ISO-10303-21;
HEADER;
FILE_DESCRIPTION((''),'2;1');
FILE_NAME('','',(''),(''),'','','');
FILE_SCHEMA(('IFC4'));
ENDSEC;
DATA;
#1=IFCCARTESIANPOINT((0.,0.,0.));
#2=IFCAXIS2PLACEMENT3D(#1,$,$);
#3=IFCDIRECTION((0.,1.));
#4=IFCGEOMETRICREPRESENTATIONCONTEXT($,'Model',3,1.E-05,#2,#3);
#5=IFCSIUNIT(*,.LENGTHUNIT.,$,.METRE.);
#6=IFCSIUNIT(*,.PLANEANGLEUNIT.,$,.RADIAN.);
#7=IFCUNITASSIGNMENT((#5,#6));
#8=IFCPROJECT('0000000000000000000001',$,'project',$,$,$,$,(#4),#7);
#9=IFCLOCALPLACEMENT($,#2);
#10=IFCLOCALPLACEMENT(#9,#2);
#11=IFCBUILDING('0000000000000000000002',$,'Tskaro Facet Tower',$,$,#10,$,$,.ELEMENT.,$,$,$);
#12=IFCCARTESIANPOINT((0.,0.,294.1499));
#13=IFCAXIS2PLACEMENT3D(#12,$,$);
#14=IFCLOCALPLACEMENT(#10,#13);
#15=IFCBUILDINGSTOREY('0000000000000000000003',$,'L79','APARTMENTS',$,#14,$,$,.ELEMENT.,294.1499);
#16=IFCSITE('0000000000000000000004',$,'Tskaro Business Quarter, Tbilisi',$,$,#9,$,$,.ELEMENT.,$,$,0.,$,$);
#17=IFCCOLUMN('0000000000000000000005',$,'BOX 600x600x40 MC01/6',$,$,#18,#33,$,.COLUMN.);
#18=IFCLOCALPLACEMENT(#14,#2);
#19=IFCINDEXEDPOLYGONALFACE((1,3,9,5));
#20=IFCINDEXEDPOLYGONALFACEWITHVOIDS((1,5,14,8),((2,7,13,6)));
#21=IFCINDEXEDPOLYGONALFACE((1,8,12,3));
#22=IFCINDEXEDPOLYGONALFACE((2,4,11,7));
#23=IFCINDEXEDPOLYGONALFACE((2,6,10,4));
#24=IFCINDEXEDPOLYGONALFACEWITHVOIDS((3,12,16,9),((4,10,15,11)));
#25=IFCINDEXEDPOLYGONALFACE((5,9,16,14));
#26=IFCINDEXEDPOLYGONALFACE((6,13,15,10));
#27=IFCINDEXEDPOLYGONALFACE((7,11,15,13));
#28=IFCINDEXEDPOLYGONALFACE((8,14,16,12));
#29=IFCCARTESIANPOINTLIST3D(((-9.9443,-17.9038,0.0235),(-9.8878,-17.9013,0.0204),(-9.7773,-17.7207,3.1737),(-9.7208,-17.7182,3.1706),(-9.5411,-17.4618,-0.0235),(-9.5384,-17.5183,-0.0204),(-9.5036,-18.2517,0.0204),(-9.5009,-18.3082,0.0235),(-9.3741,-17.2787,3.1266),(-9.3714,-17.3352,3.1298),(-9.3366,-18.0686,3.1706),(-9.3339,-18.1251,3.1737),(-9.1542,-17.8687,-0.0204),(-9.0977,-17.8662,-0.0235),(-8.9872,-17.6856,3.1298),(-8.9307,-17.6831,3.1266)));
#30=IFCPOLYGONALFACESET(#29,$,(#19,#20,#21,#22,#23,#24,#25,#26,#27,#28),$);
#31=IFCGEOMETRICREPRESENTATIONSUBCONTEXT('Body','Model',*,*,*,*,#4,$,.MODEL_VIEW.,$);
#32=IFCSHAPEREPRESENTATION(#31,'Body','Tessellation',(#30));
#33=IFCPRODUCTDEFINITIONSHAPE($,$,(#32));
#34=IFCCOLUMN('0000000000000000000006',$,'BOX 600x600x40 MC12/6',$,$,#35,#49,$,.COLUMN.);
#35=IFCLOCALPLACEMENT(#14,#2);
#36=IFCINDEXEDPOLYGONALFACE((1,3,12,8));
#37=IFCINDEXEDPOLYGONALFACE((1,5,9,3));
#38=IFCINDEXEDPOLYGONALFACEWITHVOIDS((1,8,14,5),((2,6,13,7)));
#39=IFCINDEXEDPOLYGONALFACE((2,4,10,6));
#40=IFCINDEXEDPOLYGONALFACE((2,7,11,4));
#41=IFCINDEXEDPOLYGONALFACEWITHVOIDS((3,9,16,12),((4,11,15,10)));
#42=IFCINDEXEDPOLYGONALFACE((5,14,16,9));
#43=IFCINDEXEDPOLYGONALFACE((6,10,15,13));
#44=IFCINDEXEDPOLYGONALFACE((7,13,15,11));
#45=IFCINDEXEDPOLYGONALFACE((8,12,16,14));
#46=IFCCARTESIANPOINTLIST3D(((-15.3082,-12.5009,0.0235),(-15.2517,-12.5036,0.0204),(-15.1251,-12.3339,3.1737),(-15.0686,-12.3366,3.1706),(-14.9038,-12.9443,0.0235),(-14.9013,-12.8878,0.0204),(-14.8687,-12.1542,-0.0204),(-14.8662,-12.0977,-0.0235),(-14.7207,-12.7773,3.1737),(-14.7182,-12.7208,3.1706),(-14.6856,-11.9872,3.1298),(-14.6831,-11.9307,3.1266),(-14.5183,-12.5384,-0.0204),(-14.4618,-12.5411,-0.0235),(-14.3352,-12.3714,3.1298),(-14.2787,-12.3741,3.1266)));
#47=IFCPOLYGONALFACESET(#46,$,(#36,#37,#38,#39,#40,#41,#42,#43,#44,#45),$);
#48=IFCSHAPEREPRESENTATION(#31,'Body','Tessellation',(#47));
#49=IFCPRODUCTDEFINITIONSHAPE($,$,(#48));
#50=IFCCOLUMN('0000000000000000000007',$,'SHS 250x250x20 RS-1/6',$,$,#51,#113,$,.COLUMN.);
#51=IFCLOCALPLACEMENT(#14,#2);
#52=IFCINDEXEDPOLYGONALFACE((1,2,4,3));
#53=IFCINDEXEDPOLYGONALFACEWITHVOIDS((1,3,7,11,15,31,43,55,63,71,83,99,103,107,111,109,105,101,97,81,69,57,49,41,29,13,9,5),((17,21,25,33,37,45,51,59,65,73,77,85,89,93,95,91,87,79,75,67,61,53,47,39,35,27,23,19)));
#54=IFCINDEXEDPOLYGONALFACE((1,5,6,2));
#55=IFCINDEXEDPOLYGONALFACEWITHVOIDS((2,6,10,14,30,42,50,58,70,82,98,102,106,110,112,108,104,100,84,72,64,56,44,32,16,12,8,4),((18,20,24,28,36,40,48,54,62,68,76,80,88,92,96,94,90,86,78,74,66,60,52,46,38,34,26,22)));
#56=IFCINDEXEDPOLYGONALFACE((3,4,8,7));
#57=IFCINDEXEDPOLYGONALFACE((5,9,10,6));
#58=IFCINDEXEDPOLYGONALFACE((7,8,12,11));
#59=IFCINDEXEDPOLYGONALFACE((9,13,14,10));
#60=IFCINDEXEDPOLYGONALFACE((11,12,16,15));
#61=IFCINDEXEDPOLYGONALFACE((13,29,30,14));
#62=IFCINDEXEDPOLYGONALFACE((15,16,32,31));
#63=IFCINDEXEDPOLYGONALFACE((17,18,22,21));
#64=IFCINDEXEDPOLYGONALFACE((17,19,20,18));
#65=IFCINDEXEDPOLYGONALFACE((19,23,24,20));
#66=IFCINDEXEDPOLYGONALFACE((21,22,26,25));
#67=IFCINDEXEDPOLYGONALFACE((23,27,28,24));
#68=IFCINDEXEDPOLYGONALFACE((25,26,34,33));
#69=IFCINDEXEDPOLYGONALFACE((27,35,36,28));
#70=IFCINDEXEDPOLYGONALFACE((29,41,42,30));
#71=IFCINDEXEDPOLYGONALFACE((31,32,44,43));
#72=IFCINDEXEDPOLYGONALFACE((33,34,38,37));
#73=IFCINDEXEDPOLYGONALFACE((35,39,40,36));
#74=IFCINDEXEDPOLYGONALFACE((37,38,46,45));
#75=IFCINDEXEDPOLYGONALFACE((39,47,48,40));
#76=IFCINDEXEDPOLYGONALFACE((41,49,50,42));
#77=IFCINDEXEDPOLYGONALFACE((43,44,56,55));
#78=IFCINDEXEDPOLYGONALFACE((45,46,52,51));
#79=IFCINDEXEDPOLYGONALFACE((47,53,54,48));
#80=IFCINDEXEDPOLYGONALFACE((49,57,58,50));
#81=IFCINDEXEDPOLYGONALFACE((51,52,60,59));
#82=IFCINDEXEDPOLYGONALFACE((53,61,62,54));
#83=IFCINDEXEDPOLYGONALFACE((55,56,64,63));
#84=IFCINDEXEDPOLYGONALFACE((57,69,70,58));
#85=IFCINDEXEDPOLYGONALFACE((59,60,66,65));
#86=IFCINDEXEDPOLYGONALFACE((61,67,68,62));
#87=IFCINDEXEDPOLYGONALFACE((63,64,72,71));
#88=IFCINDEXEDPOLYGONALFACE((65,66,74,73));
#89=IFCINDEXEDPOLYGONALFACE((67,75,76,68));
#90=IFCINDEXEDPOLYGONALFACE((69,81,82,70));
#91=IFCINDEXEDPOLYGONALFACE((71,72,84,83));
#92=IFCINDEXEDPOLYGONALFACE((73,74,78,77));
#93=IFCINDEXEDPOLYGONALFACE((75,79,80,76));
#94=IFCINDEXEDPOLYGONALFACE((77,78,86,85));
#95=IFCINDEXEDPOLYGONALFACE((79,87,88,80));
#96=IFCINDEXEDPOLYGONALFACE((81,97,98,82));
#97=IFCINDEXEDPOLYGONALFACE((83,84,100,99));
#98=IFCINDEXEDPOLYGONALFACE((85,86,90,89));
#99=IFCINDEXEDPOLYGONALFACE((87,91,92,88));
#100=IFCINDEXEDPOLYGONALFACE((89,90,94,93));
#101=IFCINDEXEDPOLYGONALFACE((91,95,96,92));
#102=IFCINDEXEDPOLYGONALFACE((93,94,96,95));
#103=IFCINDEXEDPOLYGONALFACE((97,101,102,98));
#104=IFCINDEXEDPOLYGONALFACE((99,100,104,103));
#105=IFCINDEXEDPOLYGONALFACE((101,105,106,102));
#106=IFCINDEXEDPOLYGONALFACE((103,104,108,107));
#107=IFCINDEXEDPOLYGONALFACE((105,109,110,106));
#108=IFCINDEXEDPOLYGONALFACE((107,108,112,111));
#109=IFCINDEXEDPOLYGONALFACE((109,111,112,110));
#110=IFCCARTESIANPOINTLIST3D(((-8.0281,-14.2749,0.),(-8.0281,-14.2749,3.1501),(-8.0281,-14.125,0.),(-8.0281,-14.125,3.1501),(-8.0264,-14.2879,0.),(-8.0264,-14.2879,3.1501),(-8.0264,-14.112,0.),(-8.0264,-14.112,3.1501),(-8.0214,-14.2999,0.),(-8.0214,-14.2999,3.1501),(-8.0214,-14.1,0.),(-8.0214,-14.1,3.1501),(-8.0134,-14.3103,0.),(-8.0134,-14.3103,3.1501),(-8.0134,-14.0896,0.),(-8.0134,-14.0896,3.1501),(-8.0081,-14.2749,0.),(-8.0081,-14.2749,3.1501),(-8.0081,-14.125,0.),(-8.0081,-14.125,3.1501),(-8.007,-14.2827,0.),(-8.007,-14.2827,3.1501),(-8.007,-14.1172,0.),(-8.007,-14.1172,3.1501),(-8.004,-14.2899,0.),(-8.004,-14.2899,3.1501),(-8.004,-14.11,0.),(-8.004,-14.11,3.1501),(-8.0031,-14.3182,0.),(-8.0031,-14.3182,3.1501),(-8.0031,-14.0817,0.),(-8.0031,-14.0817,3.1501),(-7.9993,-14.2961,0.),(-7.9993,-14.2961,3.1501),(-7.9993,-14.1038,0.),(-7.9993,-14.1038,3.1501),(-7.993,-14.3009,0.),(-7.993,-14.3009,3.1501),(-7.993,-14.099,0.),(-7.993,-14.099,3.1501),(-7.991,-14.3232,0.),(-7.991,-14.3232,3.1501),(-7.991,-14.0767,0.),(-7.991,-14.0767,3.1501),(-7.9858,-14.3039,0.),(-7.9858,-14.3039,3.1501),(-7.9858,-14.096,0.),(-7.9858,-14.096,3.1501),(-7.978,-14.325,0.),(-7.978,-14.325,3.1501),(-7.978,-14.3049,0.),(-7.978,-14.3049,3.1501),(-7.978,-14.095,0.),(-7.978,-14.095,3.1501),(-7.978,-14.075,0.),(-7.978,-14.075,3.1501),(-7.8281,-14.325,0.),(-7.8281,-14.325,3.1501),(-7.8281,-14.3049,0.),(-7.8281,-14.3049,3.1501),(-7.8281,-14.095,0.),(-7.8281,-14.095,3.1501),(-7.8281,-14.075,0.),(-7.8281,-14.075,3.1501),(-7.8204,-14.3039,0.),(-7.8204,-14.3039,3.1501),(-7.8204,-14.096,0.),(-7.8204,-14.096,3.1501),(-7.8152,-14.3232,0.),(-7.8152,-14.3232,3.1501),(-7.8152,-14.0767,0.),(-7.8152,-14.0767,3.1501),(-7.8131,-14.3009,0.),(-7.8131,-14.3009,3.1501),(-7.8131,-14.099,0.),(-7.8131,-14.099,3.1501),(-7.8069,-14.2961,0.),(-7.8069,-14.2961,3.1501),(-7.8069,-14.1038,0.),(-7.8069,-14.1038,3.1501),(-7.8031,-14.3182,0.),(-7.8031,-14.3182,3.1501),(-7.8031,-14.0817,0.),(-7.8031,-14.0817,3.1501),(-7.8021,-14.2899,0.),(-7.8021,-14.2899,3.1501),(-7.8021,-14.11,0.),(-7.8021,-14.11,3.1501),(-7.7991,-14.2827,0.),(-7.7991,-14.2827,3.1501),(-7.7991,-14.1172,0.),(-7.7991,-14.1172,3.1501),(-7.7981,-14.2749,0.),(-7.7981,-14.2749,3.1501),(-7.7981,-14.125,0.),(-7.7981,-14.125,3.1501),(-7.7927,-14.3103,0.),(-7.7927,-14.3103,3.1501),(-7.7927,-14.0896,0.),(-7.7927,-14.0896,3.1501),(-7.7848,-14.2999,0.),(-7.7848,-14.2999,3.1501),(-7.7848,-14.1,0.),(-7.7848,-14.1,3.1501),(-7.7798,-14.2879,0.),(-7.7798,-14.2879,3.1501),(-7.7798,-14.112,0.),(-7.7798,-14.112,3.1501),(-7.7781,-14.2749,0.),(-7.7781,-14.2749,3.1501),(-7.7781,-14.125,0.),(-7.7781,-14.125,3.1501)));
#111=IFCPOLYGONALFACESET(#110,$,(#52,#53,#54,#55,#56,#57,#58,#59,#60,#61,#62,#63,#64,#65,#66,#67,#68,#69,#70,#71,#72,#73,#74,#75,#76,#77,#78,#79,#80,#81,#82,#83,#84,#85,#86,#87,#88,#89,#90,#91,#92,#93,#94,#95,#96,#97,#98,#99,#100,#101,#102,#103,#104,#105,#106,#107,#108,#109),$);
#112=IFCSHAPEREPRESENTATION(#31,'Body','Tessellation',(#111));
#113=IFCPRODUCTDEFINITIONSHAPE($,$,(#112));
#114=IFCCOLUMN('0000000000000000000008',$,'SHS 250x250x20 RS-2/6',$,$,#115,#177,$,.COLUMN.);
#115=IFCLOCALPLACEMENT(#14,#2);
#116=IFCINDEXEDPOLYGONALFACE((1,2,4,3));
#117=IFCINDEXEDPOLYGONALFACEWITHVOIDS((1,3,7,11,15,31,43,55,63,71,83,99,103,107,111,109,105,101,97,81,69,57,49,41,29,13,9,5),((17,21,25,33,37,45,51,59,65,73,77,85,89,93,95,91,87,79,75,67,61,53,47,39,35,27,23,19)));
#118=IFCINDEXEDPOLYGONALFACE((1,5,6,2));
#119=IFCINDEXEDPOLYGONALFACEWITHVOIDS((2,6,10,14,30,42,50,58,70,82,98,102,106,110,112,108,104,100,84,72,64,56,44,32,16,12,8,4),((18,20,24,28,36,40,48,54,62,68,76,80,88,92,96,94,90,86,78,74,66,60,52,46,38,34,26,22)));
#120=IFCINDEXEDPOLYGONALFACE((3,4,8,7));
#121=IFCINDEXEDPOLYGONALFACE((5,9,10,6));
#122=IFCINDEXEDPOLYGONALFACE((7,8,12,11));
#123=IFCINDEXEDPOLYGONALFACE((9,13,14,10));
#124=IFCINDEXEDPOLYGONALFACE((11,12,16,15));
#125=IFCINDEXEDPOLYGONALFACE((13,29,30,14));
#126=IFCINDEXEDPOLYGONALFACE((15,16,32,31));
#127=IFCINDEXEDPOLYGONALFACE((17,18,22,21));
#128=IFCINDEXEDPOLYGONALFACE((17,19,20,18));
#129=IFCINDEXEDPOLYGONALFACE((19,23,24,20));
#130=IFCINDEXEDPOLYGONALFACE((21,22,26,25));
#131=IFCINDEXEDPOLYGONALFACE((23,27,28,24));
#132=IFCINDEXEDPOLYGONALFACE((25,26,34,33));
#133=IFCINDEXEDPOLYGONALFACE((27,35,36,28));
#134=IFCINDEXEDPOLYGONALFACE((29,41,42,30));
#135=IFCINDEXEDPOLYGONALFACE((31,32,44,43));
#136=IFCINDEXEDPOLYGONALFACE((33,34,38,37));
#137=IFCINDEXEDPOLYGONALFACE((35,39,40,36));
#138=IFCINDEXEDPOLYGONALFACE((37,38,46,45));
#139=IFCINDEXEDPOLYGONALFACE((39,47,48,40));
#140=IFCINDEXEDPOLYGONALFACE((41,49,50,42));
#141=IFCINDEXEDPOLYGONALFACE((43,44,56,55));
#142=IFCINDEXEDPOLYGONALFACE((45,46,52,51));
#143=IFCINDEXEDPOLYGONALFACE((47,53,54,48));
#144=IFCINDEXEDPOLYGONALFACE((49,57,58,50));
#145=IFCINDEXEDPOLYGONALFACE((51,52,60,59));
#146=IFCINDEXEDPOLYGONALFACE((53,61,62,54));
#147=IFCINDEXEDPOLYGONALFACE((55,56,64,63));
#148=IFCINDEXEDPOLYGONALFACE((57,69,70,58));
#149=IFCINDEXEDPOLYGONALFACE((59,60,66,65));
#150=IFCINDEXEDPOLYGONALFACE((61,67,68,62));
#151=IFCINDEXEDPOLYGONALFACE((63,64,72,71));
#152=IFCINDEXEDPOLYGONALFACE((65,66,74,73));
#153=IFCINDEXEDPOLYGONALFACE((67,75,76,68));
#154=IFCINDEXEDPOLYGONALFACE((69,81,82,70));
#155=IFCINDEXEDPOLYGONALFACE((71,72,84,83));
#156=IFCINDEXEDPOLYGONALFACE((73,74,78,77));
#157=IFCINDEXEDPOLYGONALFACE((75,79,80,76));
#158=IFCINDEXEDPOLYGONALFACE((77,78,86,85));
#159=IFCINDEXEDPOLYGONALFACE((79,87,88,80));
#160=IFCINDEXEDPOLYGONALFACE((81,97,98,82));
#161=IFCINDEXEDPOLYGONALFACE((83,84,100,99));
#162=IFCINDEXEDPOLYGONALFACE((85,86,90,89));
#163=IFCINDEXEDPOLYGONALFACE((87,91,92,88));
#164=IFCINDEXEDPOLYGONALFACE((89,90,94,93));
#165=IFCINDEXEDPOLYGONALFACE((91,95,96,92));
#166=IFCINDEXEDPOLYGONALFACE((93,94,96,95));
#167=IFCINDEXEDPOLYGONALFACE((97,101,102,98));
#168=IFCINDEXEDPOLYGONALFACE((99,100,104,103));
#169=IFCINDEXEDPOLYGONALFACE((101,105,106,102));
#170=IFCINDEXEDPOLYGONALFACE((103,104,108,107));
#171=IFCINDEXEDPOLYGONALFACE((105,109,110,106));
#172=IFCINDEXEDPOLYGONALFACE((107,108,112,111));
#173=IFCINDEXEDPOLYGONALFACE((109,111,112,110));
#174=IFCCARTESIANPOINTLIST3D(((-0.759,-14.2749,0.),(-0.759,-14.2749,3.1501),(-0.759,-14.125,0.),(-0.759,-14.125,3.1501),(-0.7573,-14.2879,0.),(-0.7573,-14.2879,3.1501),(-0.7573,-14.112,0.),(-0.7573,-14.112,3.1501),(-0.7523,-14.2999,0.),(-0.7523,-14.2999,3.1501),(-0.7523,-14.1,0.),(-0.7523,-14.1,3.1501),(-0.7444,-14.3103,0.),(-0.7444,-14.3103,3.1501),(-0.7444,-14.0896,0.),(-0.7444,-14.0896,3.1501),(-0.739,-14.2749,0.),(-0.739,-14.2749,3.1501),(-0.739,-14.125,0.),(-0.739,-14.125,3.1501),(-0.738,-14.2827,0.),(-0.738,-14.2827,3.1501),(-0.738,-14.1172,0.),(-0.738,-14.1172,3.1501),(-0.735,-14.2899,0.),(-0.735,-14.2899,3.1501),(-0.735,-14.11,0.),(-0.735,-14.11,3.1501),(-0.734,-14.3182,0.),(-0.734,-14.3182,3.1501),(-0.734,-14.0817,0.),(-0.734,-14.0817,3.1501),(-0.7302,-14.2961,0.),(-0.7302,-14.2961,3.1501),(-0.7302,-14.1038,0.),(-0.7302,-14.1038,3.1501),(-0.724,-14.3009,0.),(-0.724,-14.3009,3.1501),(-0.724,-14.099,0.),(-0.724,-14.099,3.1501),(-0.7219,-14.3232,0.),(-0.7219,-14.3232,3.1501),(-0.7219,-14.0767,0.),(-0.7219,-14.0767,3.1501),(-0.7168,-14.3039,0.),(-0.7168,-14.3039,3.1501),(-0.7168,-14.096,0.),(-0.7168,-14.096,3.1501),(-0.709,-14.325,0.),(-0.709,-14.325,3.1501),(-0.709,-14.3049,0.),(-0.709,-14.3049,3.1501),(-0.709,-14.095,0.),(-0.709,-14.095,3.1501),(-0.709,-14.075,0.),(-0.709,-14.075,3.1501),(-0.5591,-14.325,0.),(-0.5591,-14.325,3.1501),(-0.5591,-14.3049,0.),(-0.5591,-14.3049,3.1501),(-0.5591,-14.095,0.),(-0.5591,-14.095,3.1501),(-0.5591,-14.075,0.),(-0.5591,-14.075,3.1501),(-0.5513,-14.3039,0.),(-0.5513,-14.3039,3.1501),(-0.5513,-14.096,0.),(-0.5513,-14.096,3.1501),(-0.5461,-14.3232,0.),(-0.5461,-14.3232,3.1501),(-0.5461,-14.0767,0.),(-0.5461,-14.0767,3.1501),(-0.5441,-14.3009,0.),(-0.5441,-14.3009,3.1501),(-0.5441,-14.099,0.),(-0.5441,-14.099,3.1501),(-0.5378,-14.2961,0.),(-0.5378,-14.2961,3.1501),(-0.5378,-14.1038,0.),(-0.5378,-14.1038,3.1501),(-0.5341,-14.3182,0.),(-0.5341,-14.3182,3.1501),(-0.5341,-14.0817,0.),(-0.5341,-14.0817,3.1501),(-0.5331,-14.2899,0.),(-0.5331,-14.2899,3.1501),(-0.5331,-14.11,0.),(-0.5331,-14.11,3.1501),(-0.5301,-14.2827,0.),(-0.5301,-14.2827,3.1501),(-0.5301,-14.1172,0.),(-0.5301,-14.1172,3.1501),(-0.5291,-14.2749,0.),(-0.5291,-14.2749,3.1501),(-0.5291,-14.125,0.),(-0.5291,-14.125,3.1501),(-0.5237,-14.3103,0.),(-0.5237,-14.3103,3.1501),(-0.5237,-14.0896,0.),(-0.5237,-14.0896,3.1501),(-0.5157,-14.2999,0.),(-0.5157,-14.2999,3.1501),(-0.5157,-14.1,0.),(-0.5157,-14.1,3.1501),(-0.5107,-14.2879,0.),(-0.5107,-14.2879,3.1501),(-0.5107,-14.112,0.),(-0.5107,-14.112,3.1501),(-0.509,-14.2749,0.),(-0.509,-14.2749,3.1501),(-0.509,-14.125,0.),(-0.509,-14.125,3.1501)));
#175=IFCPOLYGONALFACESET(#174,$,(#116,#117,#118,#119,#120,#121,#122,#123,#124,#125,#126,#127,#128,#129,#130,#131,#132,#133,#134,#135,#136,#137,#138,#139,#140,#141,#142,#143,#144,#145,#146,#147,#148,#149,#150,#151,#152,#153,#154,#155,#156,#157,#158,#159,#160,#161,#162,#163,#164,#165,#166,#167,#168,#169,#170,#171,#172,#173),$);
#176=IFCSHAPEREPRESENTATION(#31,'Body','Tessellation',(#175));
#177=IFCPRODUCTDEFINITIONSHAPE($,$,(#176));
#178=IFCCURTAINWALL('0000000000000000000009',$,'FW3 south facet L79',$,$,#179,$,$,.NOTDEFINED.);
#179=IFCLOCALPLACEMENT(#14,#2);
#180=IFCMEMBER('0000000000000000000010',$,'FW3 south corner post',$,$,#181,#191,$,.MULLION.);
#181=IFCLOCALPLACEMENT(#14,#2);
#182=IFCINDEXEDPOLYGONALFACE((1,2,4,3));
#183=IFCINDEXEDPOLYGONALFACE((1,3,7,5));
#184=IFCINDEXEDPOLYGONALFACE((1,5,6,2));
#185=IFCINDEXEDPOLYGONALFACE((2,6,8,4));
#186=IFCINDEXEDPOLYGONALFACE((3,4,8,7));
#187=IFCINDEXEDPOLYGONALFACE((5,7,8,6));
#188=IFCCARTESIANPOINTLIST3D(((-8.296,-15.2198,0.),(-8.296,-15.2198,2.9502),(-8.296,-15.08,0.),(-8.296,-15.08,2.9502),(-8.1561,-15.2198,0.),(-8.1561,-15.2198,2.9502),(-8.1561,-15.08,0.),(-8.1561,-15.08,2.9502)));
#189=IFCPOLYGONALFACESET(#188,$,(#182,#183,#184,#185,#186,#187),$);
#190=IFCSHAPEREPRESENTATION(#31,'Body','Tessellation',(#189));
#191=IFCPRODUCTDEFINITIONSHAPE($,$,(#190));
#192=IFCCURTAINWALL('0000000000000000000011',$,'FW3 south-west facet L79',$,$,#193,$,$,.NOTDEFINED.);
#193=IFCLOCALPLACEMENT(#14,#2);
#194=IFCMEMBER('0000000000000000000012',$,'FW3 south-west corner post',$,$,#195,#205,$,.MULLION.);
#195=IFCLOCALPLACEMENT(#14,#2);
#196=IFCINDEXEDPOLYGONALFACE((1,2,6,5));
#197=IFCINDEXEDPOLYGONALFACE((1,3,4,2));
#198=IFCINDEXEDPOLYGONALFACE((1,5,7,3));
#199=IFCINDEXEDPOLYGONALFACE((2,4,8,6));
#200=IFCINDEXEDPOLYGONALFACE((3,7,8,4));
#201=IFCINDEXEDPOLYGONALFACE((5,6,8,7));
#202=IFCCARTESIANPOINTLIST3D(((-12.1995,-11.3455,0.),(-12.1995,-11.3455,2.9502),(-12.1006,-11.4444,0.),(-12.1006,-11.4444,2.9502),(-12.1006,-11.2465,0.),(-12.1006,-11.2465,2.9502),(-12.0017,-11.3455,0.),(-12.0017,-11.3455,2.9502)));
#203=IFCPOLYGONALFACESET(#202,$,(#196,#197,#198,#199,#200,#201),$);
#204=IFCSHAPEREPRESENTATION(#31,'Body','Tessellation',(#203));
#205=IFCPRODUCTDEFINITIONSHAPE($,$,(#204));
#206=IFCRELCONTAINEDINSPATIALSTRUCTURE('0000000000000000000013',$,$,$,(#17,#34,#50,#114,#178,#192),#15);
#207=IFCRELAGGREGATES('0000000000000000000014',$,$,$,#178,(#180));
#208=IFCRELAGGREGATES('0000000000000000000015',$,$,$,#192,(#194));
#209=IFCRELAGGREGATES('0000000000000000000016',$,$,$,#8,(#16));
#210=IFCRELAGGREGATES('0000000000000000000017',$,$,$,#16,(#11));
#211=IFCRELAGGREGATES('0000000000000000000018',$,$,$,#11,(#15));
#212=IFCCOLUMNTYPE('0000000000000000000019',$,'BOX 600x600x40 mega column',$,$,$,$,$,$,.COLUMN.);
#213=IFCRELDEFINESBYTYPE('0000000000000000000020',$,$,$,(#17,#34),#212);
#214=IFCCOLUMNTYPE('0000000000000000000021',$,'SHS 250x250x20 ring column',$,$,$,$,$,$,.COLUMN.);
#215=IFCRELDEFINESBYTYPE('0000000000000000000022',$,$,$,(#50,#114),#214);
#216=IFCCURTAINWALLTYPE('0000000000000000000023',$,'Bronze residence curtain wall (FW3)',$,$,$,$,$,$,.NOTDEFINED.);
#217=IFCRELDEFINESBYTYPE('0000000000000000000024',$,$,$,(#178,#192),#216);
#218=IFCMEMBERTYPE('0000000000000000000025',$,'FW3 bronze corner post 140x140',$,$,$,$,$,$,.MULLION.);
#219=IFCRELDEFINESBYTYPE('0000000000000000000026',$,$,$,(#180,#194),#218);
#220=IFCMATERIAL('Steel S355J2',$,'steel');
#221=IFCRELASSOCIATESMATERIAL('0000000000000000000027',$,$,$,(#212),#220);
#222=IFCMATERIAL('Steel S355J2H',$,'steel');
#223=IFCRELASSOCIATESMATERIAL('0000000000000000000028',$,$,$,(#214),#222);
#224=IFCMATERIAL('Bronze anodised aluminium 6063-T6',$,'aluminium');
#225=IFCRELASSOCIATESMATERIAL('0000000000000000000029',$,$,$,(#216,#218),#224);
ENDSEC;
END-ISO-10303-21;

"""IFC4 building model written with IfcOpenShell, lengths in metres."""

from ifc_helpers import new_model, si_unit, direction, frame, origin, origin_2d, place, context, subcontext, project, spatial, rectangle, hollow_rectangle, extrude, material, material_profile, profile_set, type_object, element, aggregate, save


model = new_model("IFC4")

# Units and contexts
model_context = context("Model", 3, precision=1e-05, world=origin(), true_north=direction((0.0, 1.0)))
body_context = subcontext(model_context, "Body", "Model", "MODEL_VIEW")
ifc_project = project(units=[si_unit("LENGTHUNIT", "METRE"), si_unit("PLANEANGLEUNIT", "RADIAN")], contexts=[model_context])

# Site, building, storey
site_placement = place(None, origin())
site = spatial("IfcSite", under=ifc_project, at=site_placement, Name="Tskaro Business Quarter, Tbilisi", CompositionType="ELEMENT", RefElevation=0.0)
building_placement = place(site_placement, origin())
building = spatial("IfcBuilding", under=site, at=building_placement, Name="Tskaro Facet Tower", CompositionType="ELEMENT")
storey_placement = place(building_placement, frame((0.0, 0.0, 294.1499)))
storey = spatial("IfcBuildingStorey", under=building, at=storey_placement, Name="L79", Description="APARTMENTS", CompositionType="ELEMENT", Elevation=294.1499)

# Columns
ifc_material_1 = material(Name="Steel S355J2", Category="steel")
ifc_material_profile_1 = material_profile(ifc_material_1, hollow_rectangle(XDim=0.6001, YDim=0.6001, WallThickness=0.04, at=origin_2d()), Name="BOX 600x600x40")
ifc_profile_set_1 = profile_set([ifc_material_profile_1], Name="Steel S355J2")
column_type_1 = type_object("IfcColumnType", Name="BOX 600x600x40 mega column", PredefinedType="COLUMN", material=ifc_profile_set_1)
for number, where, z_axis, x_axis, name in (
    (1, (-9.521, -17.885, 0.0), (0.052848, 0.057947, 0.99692), (-0.738869, 0.673849, 0.0), "BOX 600x600x40 MC01/6"),
    (2, (-14.885, -12.521, 0.0), (0.057947, 0.052848, 0.99692), (-0.673849, 0.738869, 0.0), "BOX 600x600x40 MC12/6"),
):
    element("IfcColumn", number, at=place(storey_placement, frame(where, z_axis=z_axis, x_axis=x_axis)), inside=storey, type_object=column_type_1, Name=name, PredefinedType="COLUMN", context=body_context, shape_type="SweptSolid", body=[
        extrude(hollow_rectangle(XDim=0.6001, YDim=0.6001, WallThickness=0.04, at=origin_2d()), origin(), (0.0, 0.0, 1.0), 3.1599),
    ])
ifc_material_2 = material(Name="Steel S355J2H", Category="steel")
ifc_material_profile_2 = material_profile(ifc_material_2, hollow_rectangle(XDim=0.25, YDim=0.25, WallThickness=0.02, InnerFilletRadius=0.03, OuterFilletRadius=0.05, at=origin_2d()), Name="SHS 250x250x20")
ifc_profile_set_2 = profile_set([ifc_material_profile_2], Name="Steel S355J2H")
column_type_2 = type_object("IfcColumnType", Name="SHS 250x250x20 ring column", PredefinedType="COLUMN", material=ifc_profile_set_2)
for number, where, z_axis, x_axis, name in (
    (3, (-7.9031, -14.2, 0.0), (0.0, 0.0, 1.0), (1.0, 0.0, 0.0), "SHS 250x250x20 RS-1/6"),
    (4, (-0.634, -14.2, 0.0), (0.0, 0.0, 1.0), (1.0, 0.0, 0.0), "SHS 250x250x20 RS-2/6"),
):
    element("IfcColumn", number, at=place(storey_placement, frame(where, z_axis=z_axis, x_axis=x_axis)), inside=storey, type_object=column_type_2, Name=name, PredefinedType="COLUMN", context=body_context, shape_type="SweptSolid", body=[
        extrude(hollow_rectangle(XDim=0.25, YDim=0.25, WallThickness=0.02, InnerFilletRadius=0.03, OuterFilletRadius=0.05, at=origin_2d()), origin(), (0.0, 0.0, 1.0), 3.1501),
    ])

# Curtain walls, members
ifc_material_3 = material(Name="Bronze anodised aluminium 6063-T6", Category="aluminium")
curtain_wall_type = type_object("IfcCurtainWallType", Name="Bronze residence curtain wall (FW3)", PredefinedType="NOTDEFINED", material=ifc_material_3)
curtain_wall_1_placement = place(storey_placement, origin())
curtain_wall_1 = element("IfcCurtainWall", 5, at=curtain_wall_1_placement, inside=storey, type_object=curtain_wall_type, Name="FW3 south facet L79", PredefinedType="NOTDEFINED")
ifc_material_profile_3 = material_profile(ifc_material_3, rectangle(XDim=0.1399, YDim=0.1399, at=origin_2d()), Name="Corner post 140x140")
ifc_profile_set_3 = profile_set([ifc_material_profile_3], Name="Bronze anodised aluminium 6063-T6")
member_type_1 = type_object("IfcMemberType", Name="FW3 bronze corner post 140x140", PredefinedType="MULLION", material=ifc_profile_set_3)
member_1_placement = place(storey_placement, frame((-8.2261, -15.1499, 0.0), z_axis=(0.0, 0.0, 1.0), x_axis=(1.0, 0.0, 0.0)))
member_1 = element("IfcMember", 6, at=member_1_placement, type_object=member_type_1, Name="FW3 south corner post", PredefinedType="MULLION", context=body_context, shape_type="SweptSolid", body=[
    extrude(rectangle(XDim=0.1399, YDim=0.1399, at=origin_2d()), origin(), (0.0, 0.0, 1.0), 2.9502),
])
curtain_wall_2_placement = place(storey_placement, origin())
curtain_wall_2 = element("IfcCurtainWall", 7, at=curtain_wall_2_placement, inside=storey, type_object=curtain_wall_type, Name="FW3 south-west facet L79", PredefinedType="NOTDEFINED")
member_2_placement = place(storey_placement, frame((-12.1006, -11.3455, 0.0), z_axis=(0.0, 0.0, 1.0), x_axis=(0.707107, -0.707107, 0.0)))
member_2 = element("IfcMember", 8, at=member_2_placement, type_object=member_type_1, Name="FW3 south-west corner post", PredefinedType="MULLION", context=body_context, shape_type="SweptSolid", body=[
    extrude(rectangle(XDim=0.1399, YDim=0.1399, at=origin_2d()), origin(), (0.0, 0.0, 1.0), 2.9502),
])

aggregate(curtain_wall_1, [member_1])
aggregate(curtain_wall_2, [member_2])

save(model, "model.ifc")
